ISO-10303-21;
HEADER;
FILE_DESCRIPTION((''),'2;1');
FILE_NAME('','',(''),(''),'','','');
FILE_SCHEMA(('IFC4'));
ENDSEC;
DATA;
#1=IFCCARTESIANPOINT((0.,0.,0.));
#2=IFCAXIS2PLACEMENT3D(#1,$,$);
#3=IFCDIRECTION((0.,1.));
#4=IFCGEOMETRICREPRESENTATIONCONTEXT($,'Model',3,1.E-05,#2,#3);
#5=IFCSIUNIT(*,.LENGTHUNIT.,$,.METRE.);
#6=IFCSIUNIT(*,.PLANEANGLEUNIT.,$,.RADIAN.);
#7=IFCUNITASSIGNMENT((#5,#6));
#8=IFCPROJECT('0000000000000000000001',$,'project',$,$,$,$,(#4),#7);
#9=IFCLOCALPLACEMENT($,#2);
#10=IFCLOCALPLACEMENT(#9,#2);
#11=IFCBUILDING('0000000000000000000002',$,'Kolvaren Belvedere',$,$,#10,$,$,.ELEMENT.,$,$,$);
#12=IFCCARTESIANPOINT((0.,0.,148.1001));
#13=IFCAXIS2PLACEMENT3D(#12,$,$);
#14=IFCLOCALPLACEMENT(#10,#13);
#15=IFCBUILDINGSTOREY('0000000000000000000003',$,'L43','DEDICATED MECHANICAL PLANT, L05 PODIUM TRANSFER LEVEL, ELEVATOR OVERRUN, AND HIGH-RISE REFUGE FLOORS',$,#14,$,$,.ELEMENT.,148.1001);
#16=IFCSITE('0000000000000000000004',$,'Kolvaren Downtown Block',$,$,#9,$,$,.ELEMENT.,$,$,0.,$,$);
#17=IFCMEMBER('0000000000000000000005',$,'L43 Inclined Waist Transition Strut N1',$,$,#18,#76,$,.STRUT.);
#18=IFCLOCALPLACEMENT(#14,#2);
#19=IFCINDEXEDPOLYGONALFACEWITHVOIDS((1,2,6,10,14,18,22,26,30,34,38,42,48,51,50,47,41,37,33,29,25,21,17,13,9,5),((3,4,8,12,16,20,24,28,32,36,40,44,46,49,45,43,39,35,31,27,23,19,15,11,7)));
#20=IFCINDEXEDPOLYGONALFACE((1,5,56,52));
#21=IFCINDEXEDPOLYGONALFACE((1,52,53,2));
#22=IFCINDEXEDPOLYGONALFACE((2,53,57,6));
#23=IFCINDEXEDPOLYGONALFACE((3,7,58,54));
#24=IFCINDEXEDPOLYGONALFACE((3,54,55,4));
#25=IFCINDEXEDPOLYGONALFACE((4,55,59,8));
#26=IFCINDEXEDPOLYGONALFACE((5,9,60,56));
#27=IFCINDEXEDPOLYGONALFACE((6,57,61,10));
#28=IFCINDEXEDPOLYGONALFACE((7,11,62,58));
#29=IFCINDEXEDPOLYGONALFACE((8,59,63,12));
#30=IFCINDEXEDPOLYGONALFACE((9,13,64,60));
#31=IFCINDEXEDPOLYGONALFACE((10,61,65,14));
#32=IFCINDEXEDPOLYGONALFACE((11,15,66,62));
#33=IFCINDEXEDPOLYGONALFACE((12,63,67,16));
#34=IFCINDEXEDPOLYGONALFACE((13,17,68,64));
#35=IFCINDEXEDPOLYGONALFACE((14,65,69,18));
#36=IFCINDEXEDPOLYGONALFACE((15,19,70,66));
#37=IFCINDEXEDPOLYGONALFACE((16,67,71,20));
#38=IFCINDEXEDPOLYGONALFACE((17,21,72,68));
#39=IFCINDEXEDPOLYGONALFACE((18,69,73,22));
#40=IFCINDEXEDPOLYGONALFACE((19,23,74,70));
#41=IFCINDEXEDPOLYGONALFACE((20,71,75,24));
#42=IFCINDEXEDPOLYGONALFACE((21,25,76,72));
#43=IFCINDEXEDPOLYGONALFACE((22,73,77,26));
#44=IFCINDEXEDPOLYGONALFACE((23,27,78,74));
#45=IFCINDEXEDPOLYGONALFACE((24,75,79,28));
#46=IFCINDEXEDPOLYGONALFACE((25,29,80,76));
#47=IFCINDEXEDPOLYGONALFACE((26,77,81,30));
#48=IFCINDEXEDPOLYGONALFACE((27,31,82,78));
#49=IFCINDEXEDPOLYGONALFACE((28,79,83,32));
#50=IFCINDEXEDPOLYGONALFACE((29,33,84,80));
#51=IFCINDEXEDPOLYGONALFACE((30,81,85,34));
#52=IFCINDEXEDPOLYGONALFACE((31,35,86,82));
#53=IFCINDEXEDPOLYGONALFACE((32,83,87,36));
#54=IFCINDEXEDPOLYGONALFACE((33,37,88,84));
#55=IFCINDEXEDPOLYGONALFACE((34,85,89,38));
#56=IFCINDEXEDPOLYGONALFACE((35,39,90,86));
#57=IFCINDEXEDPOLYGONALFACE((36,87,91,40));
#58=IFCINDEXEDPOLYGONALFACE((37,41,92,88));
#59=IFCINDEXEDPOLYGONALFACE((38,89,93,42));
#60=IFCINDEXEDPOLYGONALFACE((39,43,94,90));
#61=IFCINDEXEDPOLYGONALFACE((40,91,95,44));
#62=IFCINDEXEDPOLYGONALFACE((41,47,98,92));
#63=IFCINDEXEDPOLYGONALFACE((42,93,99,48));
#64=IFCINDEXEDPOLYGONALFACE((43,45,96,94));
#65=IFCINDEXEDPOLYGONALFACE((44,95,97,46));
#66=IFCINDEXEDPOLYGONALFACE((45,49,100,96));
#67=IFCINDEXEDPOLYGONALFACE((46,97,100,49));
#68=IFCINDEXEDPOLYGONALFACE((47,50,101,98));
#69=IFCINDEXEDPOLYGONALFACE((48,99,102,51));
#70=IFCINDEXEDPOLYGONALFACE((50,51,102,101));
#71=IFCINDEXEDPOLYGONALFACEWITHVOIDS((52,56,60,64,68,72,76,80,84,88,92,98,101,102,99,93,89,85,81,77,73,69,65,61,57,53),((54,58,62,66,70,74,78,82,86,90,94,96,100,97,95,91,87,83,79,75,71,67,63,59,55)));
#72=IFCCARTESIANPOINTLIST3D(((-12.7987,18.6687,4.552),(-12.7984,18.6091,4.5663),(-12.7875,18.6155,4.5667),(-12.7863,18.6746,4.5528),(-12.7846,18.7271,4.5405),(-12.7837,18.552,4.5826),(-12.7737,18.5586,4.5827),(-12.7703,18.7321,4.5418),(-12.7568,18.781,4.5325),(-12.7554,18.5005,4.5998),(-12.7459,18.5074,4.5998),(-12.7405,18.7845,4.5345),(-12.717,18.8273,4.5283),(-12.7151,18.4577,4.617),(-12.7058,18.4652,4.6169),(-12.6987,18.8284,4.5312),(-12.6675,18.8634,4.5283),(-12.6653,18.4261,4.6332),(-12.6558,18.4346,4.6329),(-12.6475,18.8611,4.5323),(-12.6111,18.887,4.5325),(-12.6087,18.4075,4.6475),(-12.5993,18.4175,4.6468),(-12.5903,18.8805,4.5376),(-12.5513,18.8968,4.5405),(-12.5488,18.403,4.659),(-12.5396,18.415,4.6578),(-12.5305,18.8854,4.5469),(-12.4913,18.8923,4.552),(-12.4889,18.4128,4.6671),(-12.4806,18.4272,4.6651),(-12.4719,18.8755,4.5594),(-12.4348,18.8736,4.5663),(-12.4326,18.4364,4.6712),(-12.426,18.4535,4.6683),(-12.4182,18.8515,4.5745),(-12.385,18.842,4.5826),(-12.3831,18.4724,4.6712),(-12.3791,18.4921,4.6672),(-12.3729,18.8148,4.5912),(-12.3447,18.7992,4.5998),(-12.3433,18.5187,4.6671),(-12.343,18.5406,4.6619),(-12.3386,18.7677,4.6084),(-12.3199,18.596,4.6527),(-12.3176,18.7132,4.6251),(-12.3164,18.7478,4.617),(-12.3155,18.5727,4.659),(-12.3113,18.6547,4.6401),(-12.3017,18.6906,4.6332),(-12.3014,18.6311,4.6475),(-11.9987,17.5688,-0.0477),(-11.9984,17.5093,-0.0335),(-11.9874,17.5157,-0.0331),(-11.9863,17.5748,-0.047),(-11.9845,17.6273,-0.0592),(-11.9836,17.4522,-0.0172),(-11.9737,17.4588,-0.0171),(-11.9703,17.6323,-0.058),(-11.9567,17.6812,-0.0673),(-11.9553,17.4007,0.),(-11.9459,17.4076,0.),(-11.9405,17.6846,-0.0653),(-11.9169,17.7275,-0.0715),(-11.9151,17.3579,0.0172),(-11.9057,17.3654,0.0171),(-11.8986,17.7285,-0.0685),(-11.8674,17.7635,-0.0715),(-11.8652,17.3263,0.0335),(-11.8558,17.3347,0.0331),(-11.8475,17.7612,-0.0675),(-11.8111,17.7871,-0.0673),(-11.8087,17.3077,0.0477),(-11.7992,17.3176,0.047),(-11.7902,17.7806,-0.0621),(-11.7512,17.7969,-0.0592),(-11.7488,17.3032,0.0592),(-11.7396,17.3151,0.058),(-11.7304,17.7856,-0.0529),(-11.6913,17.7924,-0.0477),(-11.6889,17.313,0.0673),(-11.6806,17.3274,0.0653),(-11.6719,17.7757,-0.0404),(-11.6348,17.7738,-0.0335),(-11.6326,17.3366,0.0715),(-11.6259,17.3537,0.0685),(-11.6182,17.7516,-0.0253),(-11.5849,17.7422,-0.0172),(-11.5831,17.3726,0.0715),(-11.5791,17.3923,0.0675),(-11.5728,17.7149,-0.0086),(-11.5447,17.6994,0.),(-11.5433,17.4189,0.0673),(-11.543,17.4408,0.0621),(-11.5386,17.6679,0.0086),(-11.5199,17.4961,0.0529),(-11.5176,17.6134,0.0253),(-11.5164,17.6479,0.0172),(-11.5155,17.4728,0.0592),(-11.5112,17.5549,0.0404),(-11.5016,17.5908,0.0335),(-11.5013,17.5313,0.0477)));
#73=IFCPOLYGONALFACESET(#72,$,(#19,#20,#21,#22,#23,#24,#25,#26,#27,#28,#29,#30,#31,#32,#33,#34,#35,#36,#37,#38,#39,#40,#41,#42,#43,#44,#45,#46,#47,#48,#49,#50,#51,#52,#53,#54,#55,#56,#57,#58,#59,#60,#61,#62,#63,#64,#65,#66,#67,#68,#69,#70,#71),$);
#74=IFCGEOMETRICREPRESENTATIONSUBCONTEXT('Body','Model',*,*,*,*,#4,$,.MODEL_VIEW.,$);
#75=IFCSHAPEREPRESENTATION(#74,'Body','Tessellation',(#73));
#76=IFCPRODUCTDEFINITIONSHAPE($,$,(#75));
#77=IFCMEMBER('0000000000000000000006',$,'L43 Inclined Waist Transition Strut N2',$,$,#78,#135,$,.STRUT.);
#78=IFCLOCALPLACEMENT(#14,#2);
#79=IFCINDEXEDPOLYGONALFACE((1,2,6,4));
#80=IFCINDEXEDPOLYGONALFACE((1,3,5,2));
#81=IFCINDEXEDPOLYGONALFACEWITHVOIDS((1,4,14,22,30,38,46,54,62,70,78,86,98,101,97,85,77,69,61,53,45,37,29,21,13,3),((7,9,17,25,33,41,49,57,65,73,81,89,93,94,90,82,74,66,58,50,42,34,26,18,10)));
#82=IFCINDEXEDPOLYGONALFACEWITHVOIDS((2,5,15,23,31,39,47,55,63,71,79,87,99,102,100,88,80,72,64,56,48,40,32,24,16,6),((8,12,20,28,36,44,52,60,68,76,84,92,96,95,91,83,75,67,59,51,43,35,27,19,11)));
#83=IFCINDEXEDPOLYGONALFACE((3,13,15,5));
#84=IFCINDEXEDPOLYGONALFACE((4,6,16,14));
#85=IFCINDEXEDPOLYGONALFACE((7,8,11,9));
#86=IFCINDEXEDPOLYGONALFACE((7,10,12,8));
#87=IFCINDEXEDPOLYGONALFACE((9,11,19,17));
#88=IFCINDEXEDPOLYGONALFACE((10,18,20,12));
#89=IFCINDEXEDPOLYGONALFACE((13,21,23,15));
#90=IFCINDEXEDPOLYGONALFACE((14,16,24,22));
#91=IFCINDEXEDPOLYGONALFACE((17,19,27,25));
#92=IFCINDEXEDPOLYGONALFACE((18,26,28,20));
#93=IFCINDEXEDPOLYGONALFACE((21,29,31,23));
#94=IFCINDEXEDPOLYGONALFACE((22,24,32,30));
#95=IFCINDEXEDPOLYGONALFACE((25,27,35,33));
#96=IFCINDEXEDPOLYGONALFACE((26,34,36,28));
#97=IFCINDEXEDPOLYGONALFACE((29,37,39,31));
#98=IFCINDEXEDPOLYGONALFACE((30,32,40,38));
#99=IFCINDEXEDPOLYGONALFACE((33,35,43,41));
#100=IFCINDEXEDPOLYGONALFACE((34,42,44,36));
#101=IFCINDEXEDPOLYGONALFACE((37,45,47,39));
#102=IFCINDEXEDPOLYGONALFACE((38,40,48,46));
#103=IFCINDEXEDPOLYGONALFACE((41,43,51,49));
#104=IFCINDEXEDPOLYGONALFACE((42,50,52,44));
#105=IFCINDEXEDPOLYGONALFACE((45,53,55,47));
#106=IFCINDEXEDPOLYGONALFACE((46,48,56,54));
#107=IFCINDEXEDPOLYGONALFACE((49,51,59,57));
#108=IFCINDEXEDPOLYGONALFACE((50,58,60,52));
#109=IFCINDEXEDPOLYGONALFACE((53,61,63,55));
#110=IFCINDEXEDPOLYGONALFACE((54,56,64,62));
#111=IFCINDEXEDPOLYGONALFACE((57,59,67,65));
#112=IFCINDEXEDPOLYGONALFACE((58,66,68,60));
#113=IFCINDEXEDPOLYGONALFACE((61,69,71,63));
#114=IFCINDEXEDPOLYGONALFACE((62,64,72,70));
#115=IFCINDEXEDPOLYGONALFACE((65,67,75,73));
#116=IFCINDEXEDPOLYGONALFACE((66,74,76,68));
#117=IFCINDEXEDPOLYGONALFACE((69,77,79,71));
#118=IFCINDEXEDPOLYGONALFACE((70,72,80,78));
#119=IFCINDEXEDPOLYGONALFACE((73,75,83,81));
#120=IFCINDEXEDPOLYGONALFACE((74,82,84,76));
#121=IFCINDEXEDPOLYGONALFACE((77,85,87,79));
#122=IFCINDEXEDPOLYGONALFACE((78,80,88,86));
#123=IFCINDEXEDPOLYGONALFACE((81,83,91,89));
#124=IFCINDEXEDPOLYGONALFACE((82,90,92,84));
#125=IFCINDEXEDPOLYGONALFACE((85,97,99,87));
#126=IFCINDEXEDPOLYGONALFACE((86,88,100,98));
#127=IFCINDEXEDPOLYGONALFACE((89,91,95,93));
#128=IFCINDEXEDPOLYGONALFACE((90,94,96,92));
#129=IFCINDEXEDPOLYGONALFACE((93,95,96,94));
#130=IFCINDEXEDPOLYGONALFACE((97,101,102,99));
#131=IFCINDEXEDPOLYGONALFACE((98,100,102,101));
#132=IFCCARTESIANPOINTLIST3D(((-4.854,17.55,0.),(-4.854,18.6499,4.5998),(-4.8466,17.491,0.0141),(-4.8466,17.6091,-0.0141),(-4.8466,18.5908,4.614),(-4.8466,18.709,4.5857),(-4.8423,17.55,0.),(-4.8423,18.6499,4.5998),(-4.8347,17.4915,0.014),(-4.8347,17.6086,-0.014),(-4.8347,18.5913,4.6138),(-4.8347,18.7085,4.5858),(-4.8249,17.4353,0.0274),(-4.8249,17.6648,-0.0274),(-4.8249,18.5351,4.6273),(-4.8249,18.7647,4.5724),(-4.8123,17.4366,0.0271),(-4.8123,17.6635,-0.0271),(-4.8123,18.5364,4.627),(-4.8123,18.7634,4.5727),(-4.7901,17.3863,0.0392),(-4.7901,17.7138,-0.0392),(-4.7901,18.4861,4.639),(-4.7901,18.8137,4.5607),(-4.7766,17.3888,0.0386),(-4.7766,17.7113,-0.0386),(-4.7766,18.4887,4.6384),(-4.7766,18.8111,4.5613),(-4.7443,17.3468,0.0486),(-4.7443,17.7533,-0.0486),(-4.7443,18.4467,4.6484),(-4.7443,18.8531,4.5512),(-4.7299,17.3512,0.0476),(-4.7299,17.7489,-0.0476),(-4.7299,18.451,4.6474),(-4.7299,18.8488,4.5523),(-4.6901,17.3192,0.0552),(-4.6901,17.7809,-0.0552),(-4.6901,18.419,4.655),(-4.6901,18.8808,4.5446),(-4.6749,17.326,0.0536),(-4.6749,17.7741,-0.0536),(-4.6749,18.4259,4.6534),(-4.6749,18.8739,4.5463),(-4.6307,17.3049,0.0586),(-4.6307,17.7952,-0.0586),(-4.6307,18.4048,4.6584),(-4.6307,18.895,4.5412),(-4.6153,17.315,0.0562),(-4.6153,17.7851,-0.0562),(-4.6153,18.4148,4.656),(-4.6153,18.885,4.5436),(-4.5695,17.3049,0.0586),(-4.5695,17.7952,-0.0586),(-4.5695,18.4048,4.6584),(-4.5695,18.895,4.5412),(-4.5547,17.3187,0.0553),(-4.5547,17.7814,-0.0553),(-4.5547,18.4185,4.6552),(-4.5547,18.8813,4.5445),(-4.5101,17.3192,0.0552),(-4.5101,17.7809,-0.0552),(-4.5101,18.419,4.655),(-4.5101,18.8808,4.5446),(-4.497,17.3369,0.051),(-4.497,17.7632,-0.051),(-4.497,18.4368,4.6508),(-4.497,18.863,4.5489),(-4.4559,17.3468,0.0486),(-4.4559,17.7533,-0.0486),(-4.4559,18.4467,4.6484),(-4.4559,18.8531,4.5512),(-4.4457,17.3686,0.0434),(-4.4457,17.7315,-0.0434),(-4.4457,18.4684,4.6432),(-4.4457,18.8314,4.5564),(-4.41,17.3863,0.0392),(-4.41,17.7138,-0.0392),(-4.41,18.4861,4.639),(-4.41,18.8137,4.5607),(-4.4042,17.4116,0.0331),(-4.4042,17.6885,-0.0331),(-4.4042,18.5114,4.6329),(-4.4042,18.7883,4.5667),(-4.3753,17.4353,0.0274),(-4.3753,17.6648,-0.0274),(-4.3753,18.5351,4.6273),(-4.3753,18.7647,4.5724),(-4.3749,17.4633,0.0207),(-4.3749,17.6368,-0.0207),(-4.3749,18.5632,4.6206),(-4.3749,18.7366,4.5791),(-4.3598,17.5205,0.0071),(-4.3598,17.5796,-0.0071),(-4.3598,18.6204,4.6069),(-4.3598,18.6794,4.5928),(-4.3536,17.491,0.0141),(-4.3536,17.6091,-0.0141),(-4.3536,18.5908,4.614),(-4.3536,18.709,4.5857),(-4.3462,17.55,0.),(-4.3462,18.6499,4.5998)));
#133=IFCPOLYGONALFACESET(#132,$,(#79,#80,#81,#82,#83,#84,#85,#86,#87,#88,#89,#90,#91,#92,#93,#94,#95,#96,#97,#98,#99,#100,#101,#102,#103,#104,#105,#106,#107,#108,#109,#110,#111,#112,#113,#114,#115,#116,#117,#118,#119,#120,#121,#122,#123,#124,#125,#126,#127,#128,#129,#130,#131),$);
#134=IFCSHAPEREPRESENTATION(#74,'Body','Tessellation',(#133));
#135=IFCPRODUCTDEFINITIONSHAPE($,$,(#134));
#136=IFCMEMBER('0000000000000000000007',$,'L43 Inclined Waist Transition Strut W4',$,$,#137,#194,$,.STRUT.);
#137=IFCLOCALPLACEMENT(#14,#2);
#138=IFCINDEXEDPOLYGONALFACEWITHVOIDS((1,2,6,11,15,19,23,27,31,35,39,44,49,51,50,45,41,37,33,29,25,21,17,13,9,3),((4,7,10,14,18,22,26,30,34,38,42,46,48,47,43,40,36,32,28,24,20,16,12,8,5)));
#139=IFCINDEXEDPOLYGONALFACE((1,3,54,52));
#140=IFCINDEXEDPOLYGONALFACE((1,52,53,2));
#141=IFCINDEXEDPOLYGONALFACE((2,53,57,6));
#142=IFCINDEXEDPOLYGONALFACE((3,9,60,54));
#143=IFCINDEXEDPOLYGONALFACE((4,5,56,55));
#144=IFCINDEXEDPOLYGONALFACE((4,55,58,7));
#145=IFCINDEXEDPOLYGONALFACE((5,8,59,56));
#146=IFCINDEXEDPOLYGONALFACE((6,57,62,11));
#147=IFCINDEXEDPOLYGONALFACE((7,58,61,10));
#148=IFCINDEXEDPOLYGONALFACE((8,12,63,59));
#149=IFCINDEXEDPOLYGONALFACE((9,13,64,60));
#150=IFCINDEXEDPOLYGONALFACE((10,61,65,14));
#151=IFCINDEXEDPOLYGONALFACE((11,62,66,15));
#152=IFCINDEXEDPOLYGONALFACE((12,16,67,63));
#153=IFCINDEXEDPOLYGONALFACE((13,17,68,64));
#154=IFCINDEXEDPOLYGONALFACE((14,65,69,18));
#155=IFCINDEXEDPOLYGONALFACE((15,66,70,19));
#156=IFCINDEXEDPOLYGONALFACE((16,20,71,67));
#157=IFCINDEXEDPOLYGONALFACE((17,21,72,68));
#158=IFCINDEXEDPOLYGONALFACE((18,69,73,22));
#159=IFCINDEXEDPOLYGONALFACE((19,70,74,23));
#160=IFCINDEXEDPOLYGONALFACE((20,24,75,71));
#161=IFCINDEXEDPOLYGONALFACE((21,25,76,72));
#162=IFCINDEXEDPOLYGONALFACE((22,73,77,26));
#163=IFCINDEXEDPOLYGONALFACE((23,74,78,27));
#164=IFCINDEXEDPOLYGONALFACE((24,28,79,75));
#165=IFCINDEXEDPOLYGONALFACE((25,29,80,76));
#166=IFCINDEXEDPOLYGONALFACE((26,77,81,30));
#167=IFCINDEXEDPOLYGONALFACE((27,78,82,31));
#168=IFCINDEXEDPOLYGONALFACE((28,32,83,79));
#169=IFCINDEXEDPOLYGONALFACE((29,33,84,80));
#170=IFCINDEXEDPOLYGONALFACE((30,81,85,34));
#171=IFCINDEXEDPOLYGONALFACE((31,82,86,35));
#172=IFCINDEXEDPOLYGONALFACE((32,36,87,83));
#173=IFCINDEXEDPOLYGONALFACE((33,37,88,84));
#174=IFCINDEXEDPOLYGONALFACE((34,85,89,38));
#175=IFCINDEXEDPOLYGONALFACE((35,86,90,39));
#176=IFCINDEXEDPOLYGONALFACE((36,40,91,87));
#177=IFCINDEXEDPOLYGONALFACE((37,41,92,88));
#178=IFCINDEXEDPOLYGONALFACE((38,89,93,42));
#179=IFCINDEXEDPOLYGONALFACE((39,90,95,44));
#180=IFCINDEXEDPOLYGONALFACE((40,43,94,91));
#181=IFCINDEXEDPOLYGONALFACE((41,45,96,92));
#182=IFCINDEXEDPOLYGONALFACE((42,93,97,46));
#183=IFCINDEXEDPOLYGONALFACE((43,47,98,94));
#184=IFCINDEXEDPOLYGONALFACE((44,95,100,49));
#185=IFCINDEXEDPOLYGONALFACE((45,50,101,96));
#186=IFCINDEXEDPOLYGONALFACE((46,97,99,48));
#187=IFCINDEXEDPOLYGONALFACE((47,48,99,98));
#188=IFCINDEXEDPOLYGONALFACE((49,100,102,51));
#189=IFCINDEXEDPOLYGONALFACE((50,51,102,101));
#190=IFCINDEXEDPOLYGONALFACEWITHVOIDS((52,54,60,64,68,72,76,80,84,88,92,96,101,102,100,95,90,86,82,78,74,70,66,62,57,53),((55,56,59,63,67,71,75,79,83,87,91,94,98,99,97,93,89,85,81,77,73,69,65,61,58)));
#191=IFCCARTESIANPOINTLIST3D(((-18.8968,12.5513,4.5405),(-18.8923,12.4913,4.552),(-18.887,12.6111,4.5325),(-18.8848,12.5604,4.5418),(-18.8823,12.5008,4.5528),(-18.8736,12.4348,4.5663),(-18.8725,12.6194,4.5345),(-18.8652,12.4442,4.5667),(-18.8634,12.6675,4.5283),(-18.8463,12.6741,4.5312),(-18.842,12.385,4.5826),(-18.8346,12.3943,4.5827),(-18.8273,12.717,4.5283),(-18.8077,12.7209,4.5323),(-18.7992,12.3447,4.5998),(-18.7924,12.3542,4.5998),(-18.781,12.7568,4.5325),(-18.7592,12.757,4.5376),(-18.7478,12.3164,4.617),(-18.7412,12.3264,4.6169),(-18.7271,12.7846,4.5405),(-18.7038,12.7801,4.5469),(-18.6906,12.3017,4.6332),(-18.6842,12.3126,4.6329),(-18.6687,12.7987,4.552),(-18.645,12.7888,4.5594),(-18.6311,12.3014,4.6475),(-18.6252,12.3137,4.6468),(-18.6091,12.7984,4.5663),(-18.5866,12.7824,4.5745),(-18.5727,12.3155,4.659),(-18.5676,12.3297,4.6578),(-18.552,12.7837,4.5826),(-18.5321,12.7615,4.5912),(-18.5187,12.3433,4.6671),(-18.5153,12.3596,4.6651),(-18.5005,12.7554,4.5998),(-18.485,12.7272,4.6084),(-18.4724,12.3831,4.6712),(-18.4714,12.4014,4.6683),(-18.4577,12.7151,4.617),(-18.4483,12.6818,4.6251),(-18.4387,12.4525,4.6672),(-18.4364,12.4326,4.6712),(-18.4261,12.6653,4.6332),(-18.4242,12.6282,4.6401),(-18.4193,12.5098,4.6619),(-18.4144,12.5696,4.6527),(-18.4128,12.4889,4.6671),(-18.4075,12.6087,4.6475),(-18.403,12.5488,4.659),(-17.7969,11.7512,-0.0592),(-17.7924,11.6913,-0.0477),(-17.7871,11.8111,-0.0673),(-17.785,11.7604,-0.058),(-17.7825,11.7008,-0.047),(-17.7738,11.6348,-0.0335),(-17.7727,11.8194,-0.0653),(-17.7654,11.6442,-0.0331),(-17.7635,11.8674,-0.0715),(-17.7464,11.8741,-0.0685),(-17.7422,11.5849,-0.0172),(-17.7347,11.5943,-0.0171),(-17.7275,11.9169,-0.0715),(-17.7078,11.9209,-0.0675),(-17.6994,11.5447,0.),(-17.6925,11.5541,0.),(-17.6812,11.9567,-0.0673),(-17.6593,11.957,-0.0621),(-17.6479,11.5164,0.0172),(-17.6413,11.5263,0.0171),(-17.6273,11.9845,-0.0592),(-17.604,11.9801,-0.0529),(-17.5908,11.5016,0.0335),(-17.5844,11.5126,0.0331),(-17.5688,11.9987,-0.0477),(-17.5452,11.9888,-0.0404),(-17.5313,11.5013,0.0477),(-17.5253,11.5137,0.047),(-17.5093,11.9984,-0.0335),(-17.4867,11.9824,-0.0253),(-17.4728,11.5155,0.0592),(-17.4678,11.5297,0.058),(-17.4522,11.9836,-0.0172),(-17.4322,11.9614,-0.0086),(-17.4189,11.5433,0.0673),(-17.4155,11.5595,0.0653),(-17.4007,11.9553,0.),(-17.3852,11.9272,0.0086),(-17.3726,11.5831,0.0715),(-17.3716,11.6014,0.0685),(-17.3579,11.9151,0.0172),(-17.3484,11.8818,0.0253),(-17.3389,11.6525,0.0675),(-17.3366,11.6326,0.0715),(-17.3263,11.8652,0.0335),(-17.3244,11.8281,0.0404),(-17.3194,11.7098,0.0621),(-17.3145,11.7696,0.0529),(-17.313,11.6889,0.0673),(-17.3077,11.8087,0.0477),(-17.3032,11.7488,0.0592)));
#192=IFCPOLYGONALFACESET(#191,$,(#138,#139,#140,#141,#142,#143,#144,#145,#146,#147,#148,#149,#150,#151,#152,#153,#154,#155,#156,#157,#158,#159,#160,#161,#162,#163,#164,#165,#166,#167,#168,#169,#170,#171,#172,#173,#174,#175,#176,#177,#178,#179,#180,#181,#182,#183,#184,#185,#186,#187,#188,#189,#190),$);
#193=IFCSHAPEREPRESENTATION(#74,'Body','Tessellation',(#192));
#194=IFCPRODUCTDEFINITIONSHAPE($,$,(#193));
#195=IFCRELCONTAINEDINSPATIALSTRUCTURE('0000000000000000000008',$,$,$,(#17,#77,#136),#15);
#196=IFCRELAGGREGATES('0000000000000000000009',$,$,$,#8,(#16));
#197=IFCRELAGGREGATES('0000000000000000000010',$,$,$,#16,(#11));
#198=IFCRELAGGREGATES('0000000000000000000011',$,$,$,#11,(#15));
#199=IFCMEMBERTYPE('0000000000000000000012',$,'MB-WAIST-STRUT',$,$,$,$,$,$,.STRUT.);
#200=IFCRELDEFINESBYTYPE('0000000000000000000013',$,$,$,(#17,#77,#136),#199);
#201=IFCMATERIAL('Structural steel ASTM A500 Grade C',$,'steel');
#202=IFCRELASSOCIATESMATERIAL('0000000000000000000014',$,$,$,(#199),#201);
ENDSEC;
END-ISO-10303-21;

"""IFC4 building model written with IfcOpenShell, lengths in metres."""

from ifc_helpers import new_model, si_unit, direction, frame, origin, origin_2d, place, context, subcontext, project, spatial, hollow_circle, extrude, material, material_profile, profile_set, type_object, element, save


model = new_model("IFC4")

# Units and contexts
model_context = context("Model", 3, precision=1e-05, world=origin(), true_north=direction((0.0, 1.0)))
body_context = subcontext(model_context, "Body", "Model", "MODEL_VIEW")
ifc_project = project(units=[si_unit("LENGTHUNIT", "METRE"), si_unit("PLANEANGLEUNIT", "RADIAN")], contexts=[model_context])

# Site, building, storey
site_placement = place(None, origin())
site = spatial("IfcSite", under=ifc_project, at=site_placement, Name="Kolvaren Downtown Block", CompositionType="ELEMENT", RefElevation=0.0)
building_placement = place(site_placement, origin())
building = spatial("IfcBuilding", under=site, at=building_placement, Name="Kolvaren Belvedere", CompositionType="ELEMENT")
storey_placement = place(building_placement, frame((0.0, 0.0, 148.1001)))
storey = spatial("IfcBuildingStorey", under=building, at=storey_placement, Name="L43", Description="DEDICATED MECHANICAL PLANT, L05 PODIUM TRANSFER LEVEL, ELEVATOR OVERRUN, AND HIGH-RISE REFUGE FLOORS", CompositionType="ELEMENT", Elevation=148.1001)

# Members
ifc_material_1 = material(Name="Structural steel ASTM A500 Grade C", Category="steel")
ifc_material_profile_1 = material_profile(ifc_material_1, hollow_circle(Radius=0.2539, WallThickness=0.0117, at=origin_2d()), Name="HSS20.000X0.500")
ifc_profile_set_1 = profile_set([ifc_material_profile_1], Name="Structural steel ASTM A500 Grade C")
member_type_1 = type_object("IfcMemberType", Name="MB-WAIST-STRUT", PredefinedType="STRUT", material=ifc_profile_set_1)
member_1_placement = place(storey_placement, frame((-11.75, 17.55, 0.0), z_axis=(-0.166791, 0.229293, 0.95896), x_axis=(-0.808682, -0.588246, 0.0)))
element("IfcMember", 1, at=member_1_placement, inside=storey, type_object=member_type_1, Name="L43 Inclined Waist Transition Strut N1", PredefinedType="STRUT", context=body_context, shape_type="SweptSolid", body=[
    extrude(hollow_circle(Radius=0.2539, WallThickness=0.0117, at=origin_2d()), origin(), (0.0, 0.0, 1.0), 4.7966),
])
member_2_placement = place(storey_placement, frame((-4.6001, 17.55, 0.0), z_axis=(0.0, 0.232551, 0.972584), x_axis=(-1.0, 0.0, 0.0)))
element("IfcMember", 2, at=member_2_placement, inside=storey, type_object=member_type_1, Name="L43 Inclined Waist Transition Strut N2", PredefinedType="STRUT", context=body_context, shape_type="SweptSolid", body=[
    extrude(hollow_circle(Radius=0.2539, WallThickness=0.0117, at=origin_2d()), origin(), (0.0, 0.0, 1.0), 4.7295),
])
member_3_placement = place(storey_placement, frame((-17.55, 11.75, 0.0), z_axis=(-0.229293, 0.166791, 0.95896), x_axis=(-0.588246, -0.808682, 0.0)))
element("IfcMember", 3, at=member_3_placement, inside=storey, type_object=member_type_1, Name="L43 Inclined Waist Transition Strut W4", PredefinedType="STRUT", context=body_context, shape_type="SweptSolid", body=[
    extrude(hollow_circle(Radius=0.2539, WallThickness=0.0117, at=origin_2d()), origin(), (0.0, 0.0, 1.0), 4.7966),
])

save(model, "model.ifc")
